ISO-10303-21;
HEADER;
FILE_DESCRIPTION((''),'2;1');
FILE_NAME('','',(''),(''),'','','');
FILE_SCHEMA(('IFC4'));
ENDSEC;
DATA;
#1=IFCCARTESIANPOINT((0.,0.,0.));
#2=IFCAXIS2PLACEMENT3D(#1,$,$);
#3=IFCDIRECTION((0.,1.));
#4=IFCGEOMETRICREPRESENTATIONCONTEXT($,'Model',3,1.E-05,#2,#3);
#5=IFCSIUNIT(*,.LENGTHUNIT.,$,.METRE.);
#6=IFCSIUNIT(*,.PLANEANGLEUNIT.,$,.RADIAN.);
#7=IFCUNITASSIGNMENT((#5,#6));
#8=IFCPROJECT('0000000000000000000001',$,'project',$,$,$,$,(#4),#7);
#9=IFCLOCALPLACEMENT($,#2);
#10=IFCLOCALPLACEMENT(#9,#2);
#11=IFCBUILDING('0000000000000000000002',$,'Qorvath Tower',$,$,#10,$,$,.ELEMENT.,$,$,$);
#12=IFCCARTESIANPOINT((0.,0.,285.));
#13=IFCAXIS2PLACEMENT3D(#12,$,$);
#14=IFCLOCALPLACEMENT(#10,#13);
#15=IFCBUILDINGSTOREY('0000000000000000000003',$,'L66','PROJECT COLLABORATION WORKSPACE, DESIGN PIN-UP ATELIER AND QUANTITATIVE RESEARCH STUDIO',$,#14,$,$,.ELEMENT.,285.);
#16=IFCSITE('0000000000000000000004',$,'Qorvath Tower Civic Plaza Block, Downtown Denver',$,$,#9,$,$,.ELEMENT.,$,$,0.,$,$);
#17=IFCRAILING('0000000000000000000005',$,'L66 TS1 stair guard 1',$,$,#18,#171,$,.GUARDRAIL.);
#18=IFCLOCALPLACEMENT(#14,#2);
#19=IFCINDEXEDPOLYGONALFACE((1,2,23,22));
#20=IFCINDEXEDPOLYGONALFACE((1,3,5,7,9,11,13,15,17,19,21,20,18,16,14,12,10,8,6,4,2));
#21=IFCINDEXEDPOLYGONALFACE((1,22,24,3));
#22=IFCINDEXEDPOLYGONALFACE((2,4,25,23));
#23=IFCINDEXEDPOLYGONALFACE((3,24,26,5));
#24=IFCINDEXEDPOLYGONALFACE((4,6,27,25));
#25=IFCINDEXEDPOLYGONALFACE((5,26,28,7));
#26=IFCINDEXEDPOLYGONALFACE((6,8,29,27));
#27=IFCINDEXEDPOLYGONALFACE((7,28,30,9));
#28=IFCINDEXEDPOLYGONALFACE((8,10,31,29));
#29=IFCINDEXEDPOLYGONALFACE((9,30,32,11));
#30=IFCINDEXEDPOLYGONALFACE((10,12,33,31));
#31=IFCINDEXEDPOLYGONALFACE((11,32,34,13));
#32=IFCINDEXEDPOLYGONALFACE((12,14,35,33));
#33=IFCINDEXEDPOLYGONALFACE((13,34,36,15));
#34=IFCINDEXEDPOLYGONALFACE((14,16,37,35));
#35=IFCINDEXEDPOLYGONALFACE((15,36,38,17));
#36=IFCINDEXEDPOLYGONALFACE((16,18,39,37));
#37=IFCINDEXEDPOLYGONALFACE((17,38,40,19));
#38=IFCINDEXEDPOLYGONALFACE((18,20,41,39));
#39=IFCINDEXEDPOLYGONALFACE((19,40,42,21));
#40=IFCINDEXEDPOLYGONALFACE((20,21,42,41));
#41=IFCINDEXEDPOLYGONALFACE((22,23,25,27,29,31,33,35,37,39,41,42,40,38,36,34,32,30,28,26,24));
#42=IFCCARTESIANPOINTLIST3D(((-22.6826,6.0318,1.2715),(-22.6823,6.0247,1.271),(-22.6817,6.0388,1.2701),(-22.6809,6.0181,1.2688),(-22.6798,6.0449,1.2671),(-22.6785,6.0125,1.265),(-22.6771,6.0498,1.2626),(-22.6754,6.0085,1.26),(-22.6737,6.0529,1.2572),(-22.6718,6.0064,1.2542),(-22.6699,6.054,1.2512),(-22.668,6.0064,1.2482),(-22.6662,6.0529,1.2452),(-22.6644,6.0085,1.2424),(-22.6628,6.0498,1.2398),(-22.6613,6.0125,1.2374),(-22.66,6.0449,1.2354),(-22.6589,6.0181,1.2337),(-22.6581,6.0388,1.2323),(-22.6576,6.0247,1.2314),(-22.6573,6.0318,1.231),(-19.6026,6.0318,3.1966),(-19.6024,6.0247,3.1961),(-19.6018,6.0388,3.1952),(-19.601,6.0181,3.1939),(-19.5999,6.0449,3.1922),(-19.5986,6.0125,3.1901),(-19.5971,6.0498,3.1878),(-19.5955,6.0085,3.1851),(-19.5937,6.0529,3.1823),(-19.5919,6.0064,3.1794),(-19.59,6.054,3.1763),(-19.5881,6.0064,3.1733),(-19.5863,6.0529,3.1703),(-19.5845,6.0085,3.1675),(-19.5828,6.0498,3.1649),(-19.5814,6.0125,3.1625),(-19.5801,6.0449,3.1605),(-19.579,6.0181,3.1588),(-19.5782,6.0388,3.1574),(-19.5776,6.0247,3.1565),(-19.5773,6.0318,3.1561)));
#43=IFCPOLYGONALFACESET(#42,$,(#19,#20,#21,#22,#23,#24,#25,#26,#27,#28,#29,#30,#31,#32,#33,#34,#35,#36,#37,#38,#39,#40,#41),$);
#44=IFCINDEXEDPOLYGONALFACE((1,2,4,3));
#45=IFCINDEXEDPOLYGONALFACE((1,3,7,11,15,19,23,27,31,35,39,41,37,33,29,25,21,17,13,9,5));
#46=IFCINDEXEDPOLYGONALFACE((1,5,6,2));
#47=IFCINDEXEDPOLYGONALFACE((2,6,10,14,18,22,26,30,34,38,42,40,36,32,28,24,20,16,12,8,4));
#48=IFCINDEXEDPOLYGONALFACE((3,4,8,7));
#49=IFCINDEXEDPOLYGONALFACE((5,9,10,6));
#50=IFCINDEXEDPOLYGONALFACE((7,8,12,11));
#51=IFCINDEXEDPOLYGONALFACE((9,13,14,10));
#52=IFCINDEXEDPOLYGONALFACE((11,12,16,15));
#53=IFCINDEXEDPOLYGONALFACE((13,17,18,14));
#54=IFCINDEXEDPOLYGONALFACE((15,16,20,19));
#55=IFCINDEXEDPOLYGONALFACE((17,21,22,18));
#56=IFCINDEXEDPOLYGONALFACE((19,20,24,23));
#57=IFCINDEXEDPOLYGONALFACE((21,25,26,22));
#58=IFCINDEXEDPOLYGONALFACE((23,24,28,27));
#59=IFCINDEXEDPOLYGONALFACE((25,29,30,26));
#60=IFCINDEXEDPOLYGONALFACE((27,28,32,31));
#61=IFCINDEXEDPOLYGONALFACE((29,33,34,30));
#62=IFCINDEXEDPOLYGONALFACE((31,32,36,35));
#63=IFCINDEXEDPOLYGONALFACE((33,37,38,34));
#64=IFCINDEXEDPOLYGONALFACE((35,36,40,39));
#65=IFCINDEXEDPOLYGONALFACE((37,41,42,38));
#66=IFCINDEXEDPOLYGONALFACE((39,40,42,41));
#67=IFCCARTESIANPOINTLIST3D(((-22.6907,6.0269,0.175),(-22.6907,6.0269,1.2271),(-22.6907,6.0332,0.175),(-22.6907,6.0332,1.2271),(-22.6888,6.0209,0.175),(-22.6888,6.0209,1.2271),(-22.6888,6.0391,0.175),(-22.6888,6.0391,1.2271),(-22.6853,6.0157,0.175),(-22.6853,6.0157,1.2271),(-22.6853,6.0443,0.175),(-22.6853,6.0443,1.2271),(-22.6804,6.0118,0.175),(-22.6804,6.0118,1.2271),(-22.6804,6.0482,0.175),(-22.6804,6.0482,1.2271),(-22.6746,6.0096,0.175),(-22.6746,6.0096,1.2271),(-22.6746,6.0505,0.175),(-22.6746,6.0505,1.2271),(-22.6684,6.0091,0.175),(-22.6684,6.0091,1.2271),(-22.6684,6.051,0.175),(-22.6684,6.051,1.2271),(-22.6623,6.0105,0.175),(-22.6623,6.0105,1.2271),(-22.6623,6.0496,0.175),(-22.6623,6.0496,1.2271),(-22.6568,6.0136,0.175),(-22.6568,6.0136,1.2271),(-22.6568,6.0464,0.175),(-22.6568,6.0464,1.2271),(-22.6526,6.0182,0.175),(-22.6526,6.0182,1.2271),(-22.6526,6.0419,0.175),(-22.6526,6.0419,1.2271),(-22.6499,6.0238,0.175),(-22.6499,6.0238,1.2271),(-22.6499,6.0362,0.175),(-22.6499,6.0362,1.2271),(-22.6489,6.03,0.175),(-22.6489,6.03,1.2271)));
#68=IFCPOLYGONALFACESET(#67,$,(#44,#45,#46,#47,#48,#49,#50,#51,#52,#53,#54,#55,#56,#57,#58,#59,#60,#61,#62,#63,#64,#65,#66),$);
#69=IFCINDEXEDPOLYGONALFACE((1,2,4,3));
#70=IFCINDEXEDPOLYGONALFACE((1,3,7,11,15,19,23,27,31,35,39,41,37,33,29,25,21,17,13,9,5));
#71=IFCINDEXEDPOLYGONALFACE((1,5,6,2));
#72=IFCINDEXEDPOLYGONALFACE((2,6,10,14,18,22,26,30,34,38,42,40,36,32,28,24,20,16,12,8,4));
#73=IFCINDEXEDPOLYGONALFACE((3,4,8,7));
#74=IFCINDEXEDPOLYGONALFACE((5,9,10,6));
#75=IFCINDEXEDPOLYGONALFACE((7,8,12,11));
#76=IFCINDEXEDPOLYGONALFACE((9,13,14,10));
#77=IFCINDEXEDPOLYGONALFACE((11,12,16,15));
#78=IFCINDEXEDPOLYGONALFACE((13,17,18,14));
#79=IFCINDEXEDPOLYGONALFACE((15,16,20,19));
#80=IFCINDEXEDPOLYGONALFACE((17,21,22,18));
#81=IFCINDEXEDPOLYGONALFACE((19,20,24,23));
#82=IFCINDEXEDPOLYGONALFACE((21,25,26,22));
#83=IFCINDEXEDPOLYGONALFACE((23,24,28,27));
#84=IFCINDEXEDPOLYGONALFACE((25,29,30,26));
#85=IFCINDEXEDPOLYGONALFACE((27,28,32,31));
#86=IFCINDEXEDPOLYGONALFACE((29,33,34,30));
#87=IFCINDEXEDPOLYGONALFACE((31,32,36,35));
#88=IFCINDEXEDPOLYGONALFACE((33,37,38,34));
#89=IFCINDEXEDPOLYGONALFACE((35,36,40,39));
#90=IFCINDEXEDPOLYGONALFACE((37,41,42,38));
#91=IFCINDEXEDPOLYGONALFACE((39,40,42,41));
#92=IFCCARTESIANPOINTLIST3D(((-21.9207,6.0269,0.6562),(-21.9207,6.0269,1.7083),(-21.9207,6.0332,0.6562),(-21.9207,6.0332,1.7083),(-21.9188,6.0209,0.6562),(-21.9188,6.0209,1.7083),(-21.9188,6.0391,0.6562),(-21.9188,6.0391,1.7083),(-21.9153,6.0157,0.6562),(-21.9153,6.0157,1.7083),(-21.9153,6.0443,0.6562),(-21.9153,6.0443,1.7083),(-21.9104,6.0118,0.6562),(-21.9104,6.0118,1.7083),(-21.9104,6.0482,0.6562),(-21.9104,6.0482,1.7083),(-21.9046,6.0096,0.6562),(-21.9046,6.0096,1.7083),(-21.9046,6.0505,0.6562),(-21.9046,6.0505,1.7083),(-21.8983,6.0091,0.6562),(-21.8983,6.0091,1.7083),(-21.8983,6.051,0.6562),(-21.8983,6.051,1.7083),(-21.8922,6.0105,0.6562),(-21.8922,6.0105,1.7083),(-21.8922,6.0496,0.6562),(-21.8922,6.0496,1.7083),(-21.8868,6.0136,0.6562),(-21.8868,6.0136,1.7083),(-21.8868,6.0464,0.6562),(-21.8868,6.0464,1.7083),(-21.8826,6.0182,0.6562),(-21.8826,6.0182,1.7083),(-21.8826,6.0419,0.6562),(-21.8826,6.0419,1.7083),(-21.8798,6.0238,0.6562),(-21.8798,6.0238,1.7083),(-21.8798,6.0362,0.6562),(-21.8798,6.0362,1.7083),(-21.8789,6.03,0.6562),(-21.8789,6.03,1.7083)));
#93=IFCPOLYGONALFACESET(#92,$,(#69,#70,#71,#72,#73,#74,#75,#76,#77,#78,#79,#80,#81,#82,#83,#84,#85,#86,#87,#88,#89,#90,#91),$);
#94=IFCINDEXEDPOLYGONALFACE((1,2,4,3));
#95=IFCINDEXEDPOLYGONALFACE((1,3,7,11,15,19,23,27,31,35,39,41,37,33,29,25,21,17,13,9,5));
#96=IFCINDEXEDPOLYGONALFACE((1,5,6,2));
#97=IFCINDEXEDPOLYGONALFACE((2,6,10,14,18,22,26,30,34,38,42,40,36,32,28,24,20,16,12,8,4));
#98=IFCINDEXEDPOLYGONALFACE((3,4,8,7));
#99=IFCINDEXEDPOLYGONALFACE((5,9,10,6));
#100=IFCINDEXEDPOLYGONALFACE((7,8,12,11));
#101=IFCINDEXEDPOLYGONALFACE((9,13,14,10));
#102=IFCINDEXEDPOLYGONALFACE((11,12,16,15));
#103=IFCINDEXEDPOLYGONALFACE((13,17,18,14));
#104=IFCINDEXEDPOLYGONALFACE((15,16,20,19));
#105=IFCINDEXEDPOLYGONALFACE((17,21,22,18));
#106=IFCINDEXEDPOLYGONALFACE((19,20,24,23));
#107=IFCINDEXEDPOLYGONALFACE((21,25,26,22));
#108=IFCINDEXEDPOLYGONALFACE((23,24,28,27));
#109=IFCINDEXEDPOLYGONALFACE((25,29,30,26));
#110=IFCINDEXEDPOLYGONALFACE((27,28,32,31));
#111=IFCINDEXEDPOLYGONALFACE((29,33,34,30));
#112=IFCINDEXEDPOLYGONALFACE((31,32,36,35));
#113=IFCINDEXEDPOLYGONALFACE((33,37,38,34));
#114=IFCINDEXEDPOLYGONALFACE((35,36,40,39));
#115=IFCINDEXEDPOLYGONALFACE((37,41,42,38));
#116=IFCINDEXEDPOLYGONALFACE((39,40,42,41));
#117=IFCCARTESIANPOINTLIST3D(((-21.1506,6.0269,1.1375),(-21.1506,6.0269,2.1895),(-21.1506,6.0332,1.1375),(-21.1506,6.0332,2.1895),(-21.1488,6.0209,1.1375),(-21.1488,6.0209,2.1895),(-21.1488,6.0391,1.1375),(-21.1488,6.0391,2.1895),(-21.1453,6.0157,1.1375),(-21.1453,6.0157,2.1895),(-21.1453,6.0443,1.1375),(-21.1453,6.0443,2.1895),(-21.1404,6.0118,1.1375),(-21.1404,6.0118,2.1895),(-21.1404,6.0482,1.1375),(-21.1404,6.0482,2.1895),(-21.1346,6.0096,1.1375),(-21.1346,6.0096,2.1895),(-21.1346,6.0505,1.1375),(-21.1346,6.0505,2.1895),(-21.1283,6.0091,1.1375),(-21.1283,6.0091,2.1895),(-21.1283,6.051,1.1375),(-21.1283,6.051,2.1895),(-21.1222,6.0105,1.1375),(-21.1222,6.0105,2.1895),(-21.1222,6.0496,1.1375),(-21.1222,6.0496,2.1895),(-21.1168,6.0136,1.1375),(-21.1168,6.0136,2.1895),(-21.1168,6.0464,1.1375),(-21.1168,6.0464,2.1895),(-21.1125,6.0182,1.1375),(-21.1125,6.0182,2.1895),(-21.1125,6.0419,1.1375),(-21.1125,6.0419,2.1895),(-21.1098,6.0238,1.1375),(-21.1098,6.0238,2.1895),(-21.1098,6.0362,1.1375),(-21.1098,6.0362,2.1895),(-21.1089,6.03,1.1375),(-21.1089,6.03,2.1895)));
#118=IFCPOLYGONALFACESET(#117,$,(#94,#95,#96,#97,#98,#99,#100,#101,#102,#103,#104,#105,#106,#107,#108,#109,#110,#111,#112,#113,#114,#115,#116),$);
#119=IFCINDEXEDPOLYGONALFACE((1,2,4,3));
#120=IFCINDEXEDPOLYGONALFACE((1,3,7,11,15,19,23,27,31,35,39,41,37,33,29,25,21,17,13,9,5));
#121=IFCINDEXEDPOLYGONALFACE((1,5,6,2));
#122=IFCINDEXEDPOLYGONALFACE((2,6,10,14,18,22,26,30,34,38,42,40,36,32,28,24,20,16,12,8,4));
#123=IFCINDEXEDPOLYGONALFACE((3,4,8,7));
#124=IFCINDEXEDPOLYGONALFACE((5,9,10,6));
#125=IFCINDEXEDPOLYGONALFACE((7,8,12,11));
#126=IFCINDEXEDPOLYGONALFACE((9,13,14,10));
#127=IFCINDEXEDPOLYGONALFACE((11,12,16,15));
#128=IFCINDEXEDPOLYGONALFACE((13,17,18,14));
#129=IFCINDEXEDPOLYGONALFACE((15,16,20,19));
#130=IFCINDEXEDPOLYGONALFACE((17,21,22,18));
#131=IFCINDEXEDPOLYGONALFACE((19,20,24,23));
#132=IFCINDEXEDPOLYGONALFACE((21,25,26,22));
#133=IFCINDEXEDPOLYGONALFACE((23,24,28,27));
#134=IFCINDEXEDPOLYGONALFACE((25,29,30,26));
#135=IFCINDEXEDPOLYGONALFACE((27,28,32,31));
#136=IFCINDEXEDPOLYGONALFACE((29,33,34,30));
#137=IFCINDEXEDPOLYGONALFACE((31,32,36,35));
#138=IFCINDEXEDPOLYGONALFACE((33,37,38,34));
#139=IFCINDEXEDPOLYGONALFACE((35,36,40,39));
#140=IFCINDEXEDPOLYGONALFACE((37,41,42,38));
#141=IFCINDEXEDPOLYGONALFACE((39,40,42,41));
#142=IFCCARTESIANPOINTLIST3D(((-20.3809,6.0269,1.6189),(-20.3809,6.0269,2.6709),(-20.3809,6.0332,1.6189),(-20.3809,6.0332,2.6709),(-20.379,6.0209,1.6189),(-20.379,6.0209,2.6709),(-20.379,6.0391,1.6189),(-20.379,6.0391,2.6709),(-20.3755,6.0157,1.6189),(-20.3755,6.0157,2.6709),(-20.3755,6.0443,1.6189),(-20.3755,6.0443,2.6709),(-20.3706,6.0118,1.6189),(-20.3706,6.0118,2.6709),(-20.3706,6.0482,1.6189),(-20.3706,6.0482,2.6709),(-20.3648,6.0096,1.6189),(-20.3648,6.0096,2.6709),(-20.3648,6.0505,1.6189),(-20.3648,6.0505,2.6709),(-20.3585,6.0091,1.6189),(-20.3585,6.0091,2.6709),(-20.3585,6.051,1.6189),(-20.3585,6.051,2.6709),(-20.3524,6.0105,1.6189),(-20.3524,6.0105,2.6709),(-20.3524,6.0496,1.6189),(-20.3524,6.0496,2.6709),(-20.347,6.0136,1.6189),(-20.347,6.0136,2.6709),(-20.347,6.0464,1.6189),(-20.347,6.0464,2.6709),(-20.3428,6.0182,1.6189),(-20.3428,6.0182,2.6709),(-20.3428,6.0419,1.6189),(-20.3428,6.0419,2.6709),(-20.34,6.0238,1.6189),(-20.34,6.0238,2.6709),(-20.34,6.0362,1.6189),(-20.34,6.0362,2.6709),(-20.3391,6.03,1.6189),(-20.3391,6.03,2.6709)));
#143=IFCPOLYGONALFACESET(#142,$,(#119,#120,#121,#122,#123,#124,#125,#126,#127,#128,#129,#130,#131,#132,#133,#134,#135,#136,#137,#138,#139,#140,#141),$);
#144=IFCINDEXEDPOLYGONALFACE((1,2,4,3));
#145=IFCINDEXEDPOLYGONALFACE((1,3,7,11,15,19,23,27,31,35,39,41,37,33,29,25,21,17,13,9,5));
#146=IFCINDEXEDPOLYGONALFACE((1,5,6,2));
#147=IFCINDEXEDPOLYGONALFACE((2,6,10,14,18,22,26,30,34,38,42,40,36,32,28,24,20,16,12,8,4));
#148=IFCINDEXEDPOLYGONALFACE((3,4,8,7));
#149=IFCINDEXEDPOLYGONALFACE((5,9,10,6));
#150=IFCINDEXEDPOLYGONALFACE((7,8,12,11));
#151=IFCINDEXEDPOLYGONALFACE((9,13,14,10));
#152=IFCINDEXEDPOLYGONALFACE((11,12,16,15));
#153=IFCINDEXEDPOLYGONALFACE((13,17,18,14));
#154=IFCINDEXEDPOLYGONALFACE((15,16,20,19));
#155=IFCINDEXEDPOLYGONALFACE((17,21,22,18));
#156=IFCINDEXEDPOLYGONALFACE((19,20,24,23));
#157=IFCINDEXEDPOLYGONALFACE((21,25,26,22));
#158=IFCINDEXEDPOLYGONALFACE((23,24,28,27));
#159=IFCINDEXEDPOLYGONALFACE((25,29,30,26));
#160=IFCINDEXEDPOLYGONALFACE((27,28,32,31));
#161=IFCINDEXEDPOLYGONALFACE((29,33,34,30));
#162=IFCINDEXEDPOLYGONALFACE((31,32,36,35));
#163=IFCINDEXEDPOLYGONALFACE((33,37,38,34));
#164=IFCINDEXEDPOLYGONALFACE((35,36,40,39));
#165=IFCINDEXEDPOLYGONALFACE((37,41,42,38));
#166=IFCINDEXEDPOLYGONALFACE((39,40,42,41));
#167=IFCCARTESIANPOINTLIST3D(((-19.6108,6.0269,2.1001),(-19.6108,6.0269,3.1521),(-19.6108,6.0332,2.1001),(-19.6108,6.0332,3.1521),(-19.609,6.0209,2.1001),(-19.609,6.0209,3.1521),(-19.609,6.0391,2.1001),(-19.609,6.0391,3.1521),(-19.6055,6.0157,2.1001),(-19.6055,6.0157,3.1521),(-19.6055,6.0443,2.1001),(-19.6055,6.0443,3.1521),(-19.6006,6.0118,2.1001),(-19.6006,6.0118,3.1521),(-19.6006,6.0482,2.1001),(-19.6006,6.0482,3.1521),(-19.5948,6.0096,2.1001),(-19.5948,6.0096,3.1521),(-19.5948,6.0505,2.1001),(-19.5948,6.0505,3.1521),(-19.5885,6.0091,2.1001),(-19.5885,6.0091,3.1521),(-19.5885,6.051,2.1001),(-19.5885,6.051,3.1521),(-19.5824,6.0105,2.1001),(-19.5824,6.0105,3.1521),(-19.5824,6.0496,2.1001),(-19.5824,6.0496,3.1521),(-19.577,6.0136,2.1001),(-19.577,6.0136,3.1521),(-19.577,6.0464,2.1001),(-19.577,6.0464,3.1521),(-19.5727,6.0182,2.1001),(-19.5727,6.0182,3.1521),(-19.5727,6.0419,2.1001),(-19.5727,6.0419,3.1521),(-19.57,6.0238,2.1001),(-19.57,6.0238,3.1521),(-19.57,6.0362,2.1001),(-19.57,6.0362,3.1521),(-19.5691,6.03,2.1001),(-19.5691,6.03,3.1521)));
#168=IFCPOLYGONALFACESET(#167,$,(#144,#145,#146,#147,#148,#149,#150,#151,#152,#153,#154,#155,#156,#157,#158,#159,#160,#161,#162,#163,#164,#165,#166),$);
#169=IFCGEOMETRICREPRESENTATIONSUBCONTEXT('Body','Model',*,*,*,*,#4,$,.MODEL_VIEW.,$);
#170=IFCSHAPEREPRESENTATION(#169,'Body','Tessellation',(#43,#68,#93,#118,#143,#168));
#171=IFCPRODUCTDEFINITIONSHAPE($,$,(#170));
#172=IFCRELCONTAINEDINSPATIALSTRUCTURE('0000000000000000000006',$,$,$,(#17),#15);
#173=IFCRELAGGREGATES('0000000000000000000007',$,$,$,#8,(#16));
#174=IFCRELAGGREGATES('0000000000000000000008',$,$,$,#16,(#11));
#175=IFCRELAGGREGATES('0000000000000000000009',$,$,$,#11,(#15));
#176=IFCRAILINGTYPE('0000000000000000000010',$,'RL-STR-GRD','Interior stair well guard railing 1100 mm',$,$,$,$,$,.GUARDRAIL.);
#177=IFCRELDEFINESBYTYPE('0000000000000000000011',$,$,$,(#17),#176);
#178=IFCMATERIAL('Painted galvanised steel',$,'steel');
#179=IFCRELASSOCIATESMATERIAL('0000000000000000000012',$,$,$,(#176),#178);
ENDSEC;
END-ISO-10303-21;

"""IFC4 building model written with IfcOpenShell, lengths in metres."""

from ifc_helpers import new_model, si_unit, direction, frame, origin, origin_2d, place, context, subcontext, project, spatial, circle, extrude, material, type_object, element, save


model = new_model("IFC4")

# Units and contexts
model_context = context("Model", 3, precision=1e-05, world=origin(), true_north=direction((0.0, 1.0)))
body_context = subcontext(model_context, "Body", "Model", "MODEL_VIEW")
ifc_project = project(units=[si_unit("LENGTHUNIT", "METRE"), si_unit("PLANEANGLEUNIT", "RADIAN")], contexts=[model_context])

# Site, building, storey
site_placement = place(None, origin())
site = spatial("IfcSite", under=ifc_project, at=site_placement, Name="Qorvath Tower Civic Plaza Block, Downtown Denver", CompositionType="ELEMENT", RefElevation=0.0)
building_placement = place(site_placement, origin())
building = spatial("IfcBuilding", under=site, at=building_placement, Name="Qorvath Tower", CompositionType="ELEMENT")
storey_placement = place(building_placement, frame((0.0, 0.0, 285.0)))
storey = spatial("IfcBuildingStorey", under=building, at=storey_placement, Name="L66", Description="PROJECT COLLABORATION WORKSPACE, DESIGN PIN-UP ATELIER AND QUANTITATIVE RESEARCH STUDIO", CompositionType="ELEMENT", Elevation=285.0)

# Railing
ifc_material_1 = material(Name="Painted galvanised steel", Category="steel")
railing_type_1 = type_object("IfcRailingType", Name="RL-STR-GRD", Description="Interior stair well guard railing 1100 mm", PredefinedType="GUARDRAIL", material=ifc_material_1)
railing_1_placement = place(storey_placement, frame((-22.6699, 6.03, 0.175)))
element("IfcRailing", 1, at=railing_1_placement, inside=storey, type_object=railing_type_1, Name="L66 TS1 stair guard 1", PredefinedType="GUARDRAIL", context=body_context, shape_type="SweptSolid", body=[
    extrude(circle(Radius=0.0239, at=origin_2d()), frame((0.0, 0.0, 1.0762), z_axis=(0.847979, 0.0, 0.530029), x_axis=(0.0, 1.0, 0.0)), (0.0, 0.0, 1.0), 3.6321),
    extrude(circle(Radius=0.021, at=origin_2d()), origin(), (0.0, 0.0, 1.0), 1.052),
    extrude(circle(Radius=0.021, at=origin_2d()), frame((0.77, 0.0, 0.4812)), (0.0, 0.0, 1.0), 1.052),
    extrude(circle(Radius=0.021, at=origin_2d()), frame((1.54, 0.0, 0.9624)), (0.0, 0.0, 1.0), 1.052),
    extrude(circle(Radius=0.021, at=origin_2d()), frame((2.3098, 0.0, 1.4438)), (0.0, 0.0, 1.0), 1.052),
    extrude(circle(Radius=0.021, at=origin_2d()), frame((3.0798, 0.0, 1.925)), (0.0, 0.0, 1.0), 1.052),
])

save(model, "model.ifc")
